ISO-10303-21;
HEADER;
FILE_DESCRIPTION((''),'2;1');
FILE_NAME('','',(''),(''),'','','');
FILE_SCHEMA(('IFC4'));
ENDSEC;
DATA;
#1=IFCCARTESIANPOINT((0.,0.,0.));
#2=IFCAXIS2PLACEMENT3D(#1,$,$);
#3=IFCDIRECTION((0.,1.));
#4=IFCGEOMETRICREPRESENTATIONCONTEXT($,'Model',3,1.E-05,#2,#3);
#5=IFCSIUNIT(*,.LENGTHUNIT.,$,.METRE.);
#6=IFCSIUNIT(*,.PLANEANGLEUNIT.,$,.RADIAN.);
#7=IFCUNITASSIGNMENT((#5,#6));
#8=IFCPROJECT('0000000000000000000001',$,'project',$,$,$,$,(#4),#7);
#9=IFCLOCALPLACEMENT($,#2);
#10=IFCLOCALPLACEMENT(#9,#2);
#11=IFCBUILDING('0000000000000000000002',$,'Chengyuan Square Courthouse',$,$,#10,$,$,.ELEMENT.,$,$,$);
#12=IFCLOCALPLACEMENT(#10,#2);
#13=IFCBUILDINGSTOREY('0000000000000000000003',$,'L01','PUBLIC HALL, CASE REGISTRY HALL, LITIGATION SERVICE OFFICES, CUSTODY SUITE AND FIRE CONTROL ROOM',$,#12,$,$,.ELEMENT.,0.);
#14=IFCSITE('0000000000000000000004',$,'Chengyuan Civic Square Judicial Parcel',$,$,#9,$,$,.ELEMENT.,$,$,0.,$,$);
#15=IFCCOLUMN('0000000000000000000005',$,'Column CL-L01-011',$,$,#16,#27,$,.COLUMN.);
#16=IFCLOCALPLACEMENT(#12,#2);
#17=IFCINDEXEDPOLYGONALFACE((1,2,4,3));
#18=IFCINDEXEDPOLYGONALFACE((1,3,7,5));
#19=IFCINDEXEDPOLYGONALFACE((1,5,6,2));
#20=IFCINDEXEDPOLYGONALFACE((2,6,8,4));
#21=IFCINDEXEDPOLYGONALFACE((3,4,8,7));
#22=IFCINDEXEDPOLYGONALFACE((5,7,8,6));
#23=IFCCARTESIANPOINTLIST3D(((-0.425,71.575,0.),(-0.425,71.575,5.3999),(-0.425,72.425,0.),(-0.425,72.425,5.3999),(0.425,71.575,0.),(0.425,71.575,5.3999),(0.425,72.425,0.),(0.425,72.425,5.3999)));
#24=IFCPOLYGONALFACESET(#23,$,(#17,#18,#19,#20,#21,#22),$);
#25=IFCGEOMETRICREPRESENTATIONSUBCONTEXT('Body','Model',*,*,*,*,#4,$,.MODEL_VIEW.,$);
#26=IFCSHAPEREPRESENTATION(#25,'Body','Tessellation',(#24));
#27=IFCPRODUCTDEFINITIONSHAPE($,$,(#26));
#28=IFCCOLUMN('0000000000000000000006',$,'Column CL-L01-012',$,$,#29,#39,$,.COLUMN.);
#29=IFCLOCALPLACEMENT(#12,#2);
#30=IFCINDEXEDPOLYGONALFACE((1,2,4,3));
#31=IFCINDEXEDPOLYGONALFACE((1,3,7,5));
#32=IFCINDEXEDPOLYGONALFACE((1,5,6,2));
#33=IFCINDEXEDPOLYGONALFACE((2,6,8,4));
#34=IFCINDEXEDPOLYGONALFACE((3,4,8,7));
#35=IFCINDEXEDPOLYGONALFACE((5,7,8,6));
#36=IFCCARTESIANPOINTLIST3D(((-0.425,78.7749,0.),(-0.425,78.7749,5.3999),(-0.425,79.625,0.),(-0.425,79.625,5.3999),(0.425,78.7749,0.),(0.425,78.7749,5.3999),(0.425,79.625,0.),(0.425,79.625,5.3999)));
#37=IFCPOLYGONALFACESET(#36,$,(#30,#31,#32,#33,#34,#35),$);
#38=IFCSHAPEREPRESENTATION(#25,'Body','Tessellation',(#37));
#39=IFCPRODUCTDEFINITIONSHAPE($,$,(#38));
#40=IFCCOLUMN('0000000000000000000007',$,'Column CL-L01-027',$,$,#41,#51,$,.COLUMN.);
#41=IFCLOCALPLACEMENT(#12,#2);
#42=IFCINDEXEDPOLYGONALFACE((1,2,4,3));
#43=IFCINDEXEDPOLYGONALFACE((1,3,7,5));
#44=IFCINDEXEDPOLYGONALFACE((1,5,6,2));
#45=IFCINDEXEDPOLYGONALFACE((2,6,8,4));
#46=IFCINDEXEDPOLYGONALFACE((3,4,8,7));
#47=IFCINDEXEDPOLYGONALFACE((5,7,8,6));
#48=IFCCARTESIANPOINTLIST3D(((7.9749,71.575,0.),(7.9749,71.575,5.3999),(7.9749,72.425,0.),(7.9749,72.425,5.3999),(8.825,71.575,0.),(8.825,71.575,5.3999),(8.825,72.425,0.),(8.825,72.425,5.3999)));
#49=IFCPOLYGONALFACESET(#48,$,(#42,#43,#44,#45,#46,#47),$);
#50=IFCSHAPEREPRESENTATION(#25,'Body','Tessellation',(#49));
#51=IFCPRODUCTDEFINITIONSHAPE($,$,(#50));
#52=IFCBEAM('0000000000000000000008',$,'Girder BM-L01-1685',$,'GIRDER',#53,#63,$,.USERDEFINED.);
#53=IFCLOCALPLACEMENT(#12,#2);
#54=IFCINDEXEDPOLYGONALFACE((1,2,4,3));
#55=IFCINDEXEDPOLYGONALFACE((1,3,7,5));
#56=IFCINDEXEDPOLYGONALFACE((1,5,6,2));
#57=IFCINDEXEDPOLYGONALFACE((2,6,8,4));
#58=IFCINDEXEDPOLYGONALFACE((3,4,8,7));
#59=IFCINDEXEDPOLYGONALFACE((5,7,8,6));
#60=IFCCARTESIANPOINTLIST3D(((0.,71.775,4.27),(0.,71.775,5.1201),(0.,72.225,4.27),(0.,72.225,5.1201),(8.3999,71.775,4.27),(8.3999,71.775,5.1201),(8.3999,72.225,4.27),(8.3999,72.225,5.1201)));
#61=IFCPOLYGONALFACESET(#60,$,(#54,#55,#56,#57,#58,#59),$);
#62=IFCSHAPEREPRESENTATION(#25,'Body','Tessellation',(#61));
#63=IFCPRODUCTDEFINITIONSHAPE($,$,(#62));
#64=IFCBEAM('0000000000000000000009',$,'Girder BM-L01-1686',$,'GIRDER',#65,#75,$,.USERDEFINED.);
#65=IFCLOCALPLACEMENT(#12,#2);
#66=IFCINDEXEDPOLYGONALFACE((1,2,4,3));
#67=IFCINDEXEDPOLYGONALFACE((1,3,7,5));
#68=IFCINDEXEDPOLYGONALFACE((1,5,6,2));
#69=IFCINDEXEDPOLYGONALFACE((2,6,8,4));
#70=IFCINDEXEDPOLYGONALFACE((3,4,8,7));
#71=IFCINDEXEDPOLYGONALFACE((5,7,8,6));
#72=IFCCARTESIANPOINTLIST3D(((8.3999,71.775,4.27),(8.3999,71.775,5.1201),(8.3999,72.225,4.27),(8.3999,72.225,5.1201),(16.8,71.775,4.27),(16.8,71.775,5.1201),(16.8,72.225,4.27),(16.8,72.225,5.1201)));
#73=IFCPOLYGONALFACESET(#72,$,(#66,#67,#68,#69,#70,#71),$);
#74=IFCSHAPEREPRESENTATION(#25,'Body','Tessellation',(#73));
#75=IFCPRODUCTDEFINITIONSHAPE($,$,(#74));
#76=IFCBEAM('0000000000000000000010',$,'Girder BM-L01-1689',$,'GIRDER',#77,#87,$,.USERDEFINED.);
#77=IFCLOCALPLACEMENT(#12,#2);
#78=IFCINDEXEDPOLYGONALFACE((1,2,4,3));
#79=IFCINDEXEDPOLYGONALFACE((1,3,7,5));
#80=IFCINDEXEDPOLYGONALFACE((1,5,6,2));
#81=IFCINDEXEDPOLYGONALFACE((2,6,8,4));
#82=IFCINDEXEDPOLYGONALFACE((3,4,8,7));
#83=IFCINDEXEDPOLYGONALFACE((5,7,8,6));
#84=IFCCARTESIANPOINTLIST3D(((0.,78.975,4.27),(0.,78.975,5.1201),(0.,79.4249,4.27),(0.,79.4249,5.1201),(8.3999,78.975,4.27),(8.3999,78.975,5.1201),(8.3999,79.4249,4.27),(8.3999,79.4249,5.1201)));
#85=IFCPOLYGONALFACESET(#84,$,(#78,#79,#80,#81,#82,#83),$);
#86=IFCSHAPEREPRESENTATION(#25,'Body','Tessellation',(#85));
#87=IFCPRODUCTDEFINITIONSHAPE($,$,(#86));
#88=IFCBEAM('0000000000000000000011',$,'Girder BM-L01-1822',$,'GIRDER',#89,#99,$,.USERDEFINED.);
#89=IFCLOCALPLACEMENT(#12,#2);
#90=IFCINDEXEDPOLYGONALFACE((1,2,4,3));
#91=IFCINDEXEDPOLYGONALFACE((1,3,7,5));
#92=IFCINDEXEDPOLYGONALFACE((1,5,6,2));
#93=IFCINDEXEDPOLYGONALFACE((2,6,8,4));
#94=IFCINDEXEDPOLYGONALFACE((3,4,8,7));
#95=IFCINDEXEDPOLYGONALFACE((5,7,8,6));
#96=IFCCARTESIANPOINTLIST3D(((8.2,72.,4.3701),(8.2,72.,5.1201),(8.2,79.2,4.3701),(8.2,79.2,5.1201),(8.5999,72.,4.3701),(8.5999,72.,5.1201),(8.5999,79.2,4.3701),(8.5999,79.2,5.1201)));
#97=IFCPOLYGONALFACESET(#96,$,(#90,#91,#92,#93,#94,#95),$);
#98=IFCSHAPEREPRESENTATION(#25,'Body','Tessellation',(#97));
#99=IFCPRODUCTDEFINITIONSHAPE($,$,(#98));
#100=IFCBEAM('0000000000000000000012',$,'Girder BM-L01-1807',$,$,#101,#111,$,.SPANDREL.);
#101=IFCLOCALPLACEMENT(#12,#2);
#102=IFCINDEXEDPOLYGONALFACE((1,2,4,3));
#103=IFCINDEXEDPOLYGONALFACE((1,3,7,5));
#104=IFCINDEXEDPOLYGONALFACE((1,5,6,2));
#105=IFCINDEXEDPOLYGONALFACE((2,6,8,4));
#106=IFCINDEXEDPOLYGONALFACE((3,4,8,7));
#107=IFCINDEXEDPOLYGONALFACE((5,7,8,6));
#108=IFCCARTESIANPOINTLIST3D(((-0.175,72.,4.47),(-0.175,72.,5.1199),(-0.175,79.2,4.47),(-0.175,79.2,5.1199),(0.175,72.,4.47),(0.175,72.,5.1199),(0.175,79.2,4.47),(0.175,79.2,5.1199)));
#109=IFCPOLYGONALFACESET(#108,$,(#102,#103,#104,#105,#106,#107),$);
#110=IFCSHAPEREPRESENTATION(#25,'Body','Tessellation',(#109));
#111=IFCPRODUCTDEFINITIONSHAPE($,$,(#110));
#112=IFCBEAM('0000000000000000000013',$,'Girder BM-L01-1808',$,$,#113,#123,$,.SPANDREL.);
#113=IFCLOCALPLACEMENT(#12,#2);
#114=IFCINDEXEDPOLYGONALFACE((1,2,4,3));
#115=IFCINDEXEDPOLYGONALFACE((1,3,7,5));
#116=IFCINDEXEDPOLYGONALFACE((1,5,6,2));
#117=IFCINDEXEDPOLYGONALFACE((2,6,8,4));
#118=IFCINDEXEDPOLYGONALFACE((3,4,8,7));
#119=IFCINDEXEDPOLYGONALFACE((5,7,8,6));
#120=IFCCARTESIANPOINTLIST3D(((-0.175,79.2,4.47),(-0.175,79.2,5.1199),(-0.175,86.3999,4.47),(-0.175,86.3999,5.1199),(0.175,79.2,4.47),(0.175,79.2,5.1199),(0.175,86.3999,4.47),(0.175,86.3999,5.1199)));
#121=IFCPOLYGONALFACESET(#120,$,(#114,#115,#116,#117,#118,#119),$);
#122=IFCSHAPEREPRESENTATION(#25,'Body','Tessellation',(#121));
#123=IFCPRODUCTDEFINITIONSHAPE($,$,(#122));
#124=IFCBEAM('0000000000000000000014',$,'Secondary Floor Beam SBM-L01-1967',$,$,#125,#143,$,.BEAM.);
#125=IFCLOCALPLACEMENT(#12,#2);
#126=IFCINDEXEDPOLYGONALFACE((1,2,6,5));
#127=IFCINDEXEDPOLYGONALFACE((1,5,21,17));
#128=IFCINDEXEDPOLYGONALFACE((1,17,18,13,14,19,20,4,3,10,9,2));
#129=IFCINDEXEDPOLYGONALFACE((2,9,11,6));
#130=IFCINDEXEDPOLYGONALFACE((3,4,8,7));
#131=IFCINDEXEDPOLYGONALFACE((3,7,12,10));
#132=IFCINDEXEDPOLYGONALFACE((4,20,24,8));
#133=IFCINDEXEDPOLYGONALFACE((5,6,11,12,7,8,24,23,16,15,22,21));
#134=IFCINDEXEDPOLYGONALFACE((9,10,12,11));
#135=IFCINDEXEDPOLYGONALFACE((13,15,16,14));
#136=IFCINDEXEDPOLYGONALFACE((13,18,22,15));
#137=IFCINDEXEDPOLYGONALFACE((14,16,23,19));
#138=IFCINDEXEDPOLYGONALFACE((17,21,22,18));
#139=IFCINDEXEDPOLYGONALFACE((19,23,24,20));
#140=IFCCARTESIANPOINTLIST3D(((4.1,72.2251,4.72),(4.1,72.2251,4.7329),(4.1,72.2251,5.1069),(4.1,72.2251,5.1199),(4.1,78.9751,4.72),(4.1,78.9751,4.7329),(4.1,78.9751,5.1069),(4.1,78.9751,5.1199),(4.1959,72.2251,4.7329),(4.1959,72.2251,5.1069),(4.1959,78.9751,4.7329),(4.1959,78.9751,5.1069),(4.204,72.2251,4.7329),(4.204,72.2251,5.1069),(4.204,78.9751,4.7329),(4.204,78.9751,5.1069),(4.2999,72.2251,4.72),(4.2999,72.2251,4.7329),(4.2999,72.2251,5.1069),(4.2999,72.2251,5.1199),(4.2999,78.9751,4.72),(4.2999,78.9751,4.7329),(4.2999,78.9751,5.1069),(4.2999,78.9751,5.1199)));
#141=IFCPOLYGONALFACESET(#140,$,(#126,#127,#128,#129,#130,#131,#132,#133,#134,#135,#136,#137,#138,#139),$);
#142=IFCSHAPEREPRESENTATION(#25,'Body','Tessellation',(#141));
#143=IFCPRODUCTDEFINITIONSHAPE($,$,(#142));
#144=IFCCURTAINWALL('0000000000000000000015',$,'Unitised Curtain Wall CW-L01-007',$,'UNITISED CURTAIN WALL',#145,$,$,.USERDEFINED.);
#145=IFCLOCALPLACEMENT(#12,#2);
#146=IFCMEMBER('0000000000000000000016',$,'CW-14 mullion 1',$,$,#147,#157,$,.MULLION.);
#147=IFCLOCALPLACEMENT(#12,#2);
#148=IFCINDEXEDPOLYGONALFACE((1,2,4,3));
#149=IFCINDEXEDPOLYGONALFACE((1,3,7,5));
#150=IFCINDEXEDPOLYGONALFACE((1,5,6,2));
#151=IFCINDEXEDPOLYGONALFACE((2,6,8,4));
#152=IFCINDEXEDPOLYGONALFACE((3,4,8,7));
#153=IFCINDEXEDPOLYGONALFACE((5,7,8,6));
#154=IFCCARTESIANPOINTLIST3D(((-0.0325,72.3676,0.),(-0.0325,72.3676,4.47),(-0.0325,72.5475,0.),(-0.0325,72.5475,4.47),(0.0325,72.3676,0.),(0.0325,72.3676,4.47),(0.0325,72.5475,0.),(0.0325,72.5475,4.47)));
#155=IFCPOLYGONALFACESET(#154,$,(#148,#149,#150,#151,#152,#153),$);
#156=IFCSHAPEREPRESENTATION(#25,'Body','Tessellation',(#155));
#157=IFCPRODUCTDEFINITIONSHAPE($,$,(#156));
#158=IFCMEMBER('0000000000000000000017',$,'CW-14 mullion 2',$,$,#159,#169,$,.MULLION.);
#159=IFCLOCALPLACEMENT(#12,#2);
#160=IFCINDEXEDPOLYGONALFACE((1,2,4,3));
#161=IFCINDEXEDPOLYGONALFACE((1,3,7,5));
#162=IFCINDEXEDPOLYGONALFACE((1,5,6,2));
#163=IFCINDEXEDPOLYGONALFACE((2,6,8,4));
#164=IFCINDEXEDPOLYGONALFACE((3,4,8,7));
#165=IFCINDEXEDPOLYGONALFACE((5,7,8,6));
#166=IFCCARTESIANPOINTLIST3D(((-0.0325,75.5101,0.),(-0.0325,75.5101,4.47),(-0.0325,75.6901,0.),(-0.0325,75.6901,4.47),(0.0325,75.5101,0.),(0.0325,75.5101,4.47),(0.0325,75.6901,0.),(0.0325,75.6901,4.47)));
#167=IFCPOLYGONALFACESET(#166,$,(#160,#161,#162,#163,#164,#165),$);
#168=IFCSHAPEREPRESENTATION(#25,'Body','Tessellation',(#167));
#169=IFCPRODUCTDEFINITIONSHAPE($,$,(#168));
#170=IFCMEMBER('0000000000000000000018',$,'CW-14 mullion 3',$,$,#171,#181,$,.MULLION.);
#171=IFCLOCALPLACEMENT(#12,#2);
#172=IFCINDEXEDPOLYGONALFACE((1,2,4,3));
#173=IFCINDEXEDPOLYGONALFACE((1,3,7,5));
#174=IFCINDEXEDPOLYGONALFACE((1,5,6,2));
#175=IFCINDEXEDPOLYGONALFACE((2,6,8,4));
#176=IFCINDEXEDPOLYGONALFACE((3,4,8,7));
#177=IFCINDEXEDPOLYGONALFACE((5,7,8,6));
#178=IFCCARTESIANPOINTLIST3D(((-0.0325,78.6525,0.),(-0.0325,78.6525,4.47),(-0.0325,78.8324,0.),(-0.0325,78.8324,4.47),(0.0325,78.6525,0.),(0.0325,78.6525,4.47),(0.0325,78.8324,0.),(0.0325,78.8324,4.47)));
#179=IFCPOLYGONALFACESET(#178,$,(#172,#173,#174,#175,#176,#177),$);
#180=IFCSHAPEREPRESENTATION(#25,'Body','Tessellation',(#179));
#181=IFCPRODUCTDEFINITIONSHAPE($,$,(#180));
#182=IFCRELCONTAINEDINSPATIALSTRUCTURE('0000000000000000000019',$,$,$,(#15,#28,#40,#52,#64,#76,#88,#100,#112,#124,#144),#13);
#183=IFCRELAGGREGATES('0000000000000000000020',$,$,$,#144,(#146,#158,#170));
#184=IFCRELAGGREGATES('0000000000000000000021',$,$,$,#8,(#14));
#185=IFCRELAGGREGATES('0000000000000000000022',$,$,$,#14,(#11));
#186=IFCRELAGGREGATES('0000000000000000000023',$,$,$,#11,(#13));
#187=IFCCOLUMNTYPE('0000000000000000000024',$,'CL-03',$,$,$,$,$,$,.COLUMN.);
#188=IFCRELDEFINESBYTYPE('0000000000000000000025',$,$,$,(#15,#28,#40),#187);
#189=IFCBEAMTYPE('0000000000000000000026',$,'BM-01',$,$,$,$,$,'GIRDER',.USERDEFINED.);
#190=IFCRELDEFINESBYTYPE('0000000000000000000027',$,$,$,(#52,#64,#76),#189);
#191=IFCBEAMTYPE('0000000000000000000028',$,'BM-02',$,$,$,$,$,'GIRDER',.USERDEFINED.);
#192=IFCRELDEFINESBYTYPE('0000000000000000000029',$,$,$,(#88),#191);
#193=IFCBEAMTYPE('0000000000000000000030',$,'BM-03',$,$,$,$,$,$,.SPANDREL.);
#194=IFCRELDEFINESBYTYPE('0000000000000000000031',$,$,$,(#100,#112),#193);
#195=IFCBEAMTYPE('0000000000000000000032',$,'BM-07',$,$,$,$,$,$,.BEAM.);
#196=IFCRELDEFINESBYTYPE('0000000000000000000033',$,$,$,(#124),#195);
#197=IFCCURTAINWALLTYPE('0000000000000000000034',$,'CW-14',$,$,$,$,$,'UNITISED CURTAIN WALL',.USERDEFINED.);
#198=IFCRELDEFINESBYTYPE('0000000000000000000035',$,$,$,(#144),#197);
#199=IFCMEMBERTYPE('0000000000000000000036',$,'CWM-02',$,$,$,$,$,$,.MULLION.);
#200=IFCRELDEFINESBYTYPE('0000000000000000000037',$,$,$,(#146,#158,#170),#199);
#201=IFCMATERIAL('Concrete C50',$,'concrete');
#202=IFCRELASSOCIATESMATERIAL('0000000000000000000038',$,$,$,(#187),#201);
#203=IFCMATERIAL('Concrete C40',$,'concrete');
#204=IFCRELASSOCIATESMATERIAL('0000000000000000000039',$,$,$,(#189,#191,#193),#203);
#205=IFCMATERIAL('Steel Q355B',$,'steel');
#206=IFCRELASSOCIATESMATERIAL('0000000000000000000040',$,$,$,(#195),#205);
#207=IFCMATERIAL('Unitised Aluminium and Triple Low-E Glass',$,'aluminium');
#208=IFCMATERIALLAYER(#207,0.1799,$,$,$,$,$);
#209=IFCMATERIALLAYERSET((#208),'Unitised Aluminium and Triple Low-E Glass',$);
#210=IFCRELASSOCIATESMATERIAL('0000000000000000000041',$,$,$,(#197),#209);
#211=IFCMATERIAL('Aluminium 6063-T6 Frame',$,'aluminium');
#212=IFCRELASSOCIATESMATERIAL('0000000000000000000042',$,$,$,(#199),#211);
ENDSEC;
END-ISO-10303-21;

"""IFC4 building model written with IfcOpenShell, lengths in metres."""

from ifc_helpers import new_model, si_unit, direction, frame, origin, origin_2d, place, context, subcontext, project, spatial, rectangle, i_section, extrude, material, layer, layer_set, material_profile, profile_set, type_object, element, aggregate, save


model = new_model("IFC4")

# Units and contexts
model_context = context("Model", 3, precision=1e-05, world=origin(), true_north=direction((0.0, 1.0)))
body_context = subcontext(model_context, "Body", "Model", "MODEL_VIEW")
ifc_project = project(units=[si_unit("LENGTHUNIT", "METRE"), si_unit("PLANEANGLEUNIT", "RADIAN")], contexts=[model_context])

# Site, building, storey
site_placement = place(None, origin())
site = spatial("IfcSite", under=ifc_project, at=site_placement, Name="Chengyuan Civic Square Judicial Parcel", CompositionType="ELEMENT", RefElevation=0.0)
building_placement = place(site_placement, origin())
building = spatial("IfcBuilding", under=site, at=building_placement, Name="Chengyuan Square Courthouse", CompositionType="ELEMENT")
storey_placement = place(building_placement, origin())
storey = spatial("IfcBuildingStorey", under=building, at=storey_placement, Name="L01", Description="PUBLIC HALL, CASE REGISTRY HALL, LITIGATION SERVICE OFFICES, CUSTODY SUITE AND FIRE CONTROL ROOM", CompositionType="ELEMENT", Elevation=0.0)

# Columns
ifc_material_1 = material(Name="Concrete C50", Category="concrete")
ifc_material_profile_1 = material_profile(ifc_material_1, rectangle(XDim=0.8501, YDim=0.8501, at=origin_2d()), Name="RC-COL-850x850")
ifc_profile_set_1 = profile_set([ifc_material_profile_1], Name="Concrete C50")
column_type = type_object("IfcColumnType", Name="CL-03", PredefinedType="COLUMN", material=ifc_profile_set_1)
for number, where, z_axis, x_axis, name in (
    (1, (0.0, 72.0, 0.0), (0.0, 0.0, 1.0), (1.0, 0.0, 0.0), "Column CL-L01-011"),
    (2, (0.0, 79.2, 0.0), (0.0, 0.0, 1.0), (1.0, 0.0, 0.0), "Column CL-L01-012"),
    (3, (8.3999, 72.0, 0.0), (0.0, 0.0, 1.0), (1.0, 0.0, 0.0), "Column CL-L01-027"),
):
    element("IfcColumn", number, at=place(storey_placement, frame(where, z_axis=z_axis, x_axis=x_axis)), inside=storey, type_object=column_type, Name=name, PredefinedType="COLUMN", context=body_context, shape_type="SweptSolid", body=[
        extrude(rectangle(XDim=0.8501, YDim=0.8501, at=origin_2d()), origin(), (0.0, 0.0, 1.0), 5.3999),
    ])

# Beams
ifc_material_2 = material(Name="Concrete C40", Category="concrete")
ifc_material_profile_2 = material_profile(ifc_material_2, rectangle(XDim=0.45, YDim=0.8501, at=origin_2d()), Name="RC-BM-450x850")
ifc_profile_set_2 = profile_set([ifc_material_profile_2], Name="Concrete C40")
beam_type_1 = type_object("IfcBeamType", Name="BM-01", ElementType="GIRDER", PredefinedType="USERDEFINED", material=ifc_profile_set_2)
beam_1_placement = place(storey_placement, frame((0.0, 72.0, 4.6951), z_axis=(1.0, 0.0, 0.0), x_axis=(0.0, 1.0, 0.0)))
element("IfcBeam", 4, at=beam_1_placement, inside=storey, type_object=beam_type_1, Name="Girder BM-L01-1685", ObjectType="GIRDER", PredefinedType="USERDEFINED", context=body_context, shape_type="SweptSolid", body=[
    extrude(rectangle(XDim=0.45, YDim=0.8501, at=origin_2d()), origin(), (0.0, 0.0, 1.0), 8.3999),
])
beam_2_placement = place(storey_placement, frame((8.3999, 72.0, 4.6951), z_axis=(1.0, 0.0, 0.0), x_axis=(0.0, 1.0, 0.0)))
element("IfcBeam", 5, at=beam_2_placement, inside=storey, type_object=beam_type_1, Name="Girder BM-L01-1686", ObjectType="GIRDER", PredefinedType="USERDEFINED", context=body_context, shape_type="SweptSolid", body=[
    extrude(rectangle(XDim=0.45, YDim=0.8501, at=origin_2d()), origin(), (0.0, 0.0, 1.0), 8.4001),
])
beam_3_placement = place(storey_placement, frame((0.0, 79.2, 4.6951), z_axis=(1.0, 0.0, 0.0), x_axis=(0.0, 1.0, 0.0)))
element("IfcBeam", 6, at=beam_3_placement, inside=storey, type_object=beam_type_1, Name="Girder BM-L01-1689", ObjectType="GIRDER", PredefinedType="USERDEFINED", context=body_context, shape_type="SweptSolid", body=[
    extrude(rectangle(XDim=0.45, YDim=0.8501, at=origin_2d()), origin(), (0.0, 0.0, 1.0), 8.3999),
])
ifc_material_profile_3 = material_profile(ifc_material_2, rectangle(XDim=0.3999, YDim=0.75, at=origin_2d()), Name="RC-BM-400x750")
ifc_profile_set_3 = profile_set([ifc_material_profile_3], Name="Concrete C40")
beam_type_2 = type_object("IfcBeamType", Name="BM-02", ElementType="GIRDER", PredefinedType="USERDEFINED", material=ifc_profile_set_3)
beam_4_placement = place(storey_placement, frame((8.3999, 72.0, 4.7451), z_axis=(0.0, 1.0, 0.0), x_axis=(-1.0, 0.0, 0.0)))
element("IfcBeam", 7, at=beam_4_placement, inside=storey, type_object=beam_type_2, Name="Girder BM-L01-1822", ObjectType="GIRDER", PredefinedType="USERDEFINED", context=body_context, shape_type="SweptSolid", body=[
    extrude(rectangle(XDim=0.3999, YDim=0.75, at=origin_2d()), origin(), (0.0, 0.0, 1.0), 7.2),
])
ifc_material_profile_4 = material_profile(ifc_material_2, rectangle(XDim=0.3501, YDim=0.6499, at=origin_2d()), Name="RC-BM-350x650")
ifc_profile_set_4 = profile_set([ifc_material_profile_4], Name="Concrete C40")
beam_type_3 = type_object("IfcBeamType", Name="BM-03", PredefinedType="SPANDREL", material=ifc_profile_set_4)
for number, where, z_axis, x_axis, name in (
    (8, (0.0, 72.0, 4.7949), (0.0, 1.0, 0.0), (-1.0, 0.0, 0.0), "Girder BM-L01-1807"),
    (9, (0.0, 79.2, 4.7949), (0.0, 1.0, 0.0), (-1.0, 0.0, 0.0), "Girder BM-L01-1808"),
):
    element("IfcBeam", number, at=place(storey_placement, frame(where, z_axis=z_axis, x_axis=x_axis)), inside=storey, type_object=beam_type_3, Name=name, PredefinedType="SPANDREL", context=body_context, shape_type="SweptSolid", body=[
        extrude(rectangle(XDim=0.3501, YDim=0.6499, at=origin_2d()), origin(), (0.0, 0.0, 1.0), 7.2),
    ])
ifc_material_3 = material(Name="Steel Q355B", Category="steel")
ifc_material_profile_5 = material_profile(ifc_material_3, i_section(OverallWidth=0.2, OverallDepth=0.3999, WebThickness=0.0081, FlangeThickness=0.0129, at=origin_2d()), Name="HN 400x200x8x13")
ifc_profile_set_5 = profile_set([ifc_material_profile_5], Name="Steel Q355B")
beam_type_4 = type_object("IfcBeamType", Name="BM-07", PredefinedType="BEAM", material=ifc_profile_set_5)
beam_5_placement = place(storey_placement, frame((4.2, 72.2251, 4.9199), z_axis=(0.0, 1.0, 0.0), x_axis=(-1.0, 0.0, 0.0)))
element("IfcBeam", 10, at=beam_5_placement, inside=storey, type_object=beam_type_4, Name="Secondary Floor Beam SBM-L01-1967", PredefinedType="BEAM", context=body_context, shape_type="SweptSolid", body=[
    extrude(i_section(OverallWidth=0.2, OverallDepth=0.3999, WebThickness=0.0081, FlangeThickness=0.0129, at=origin_2d()), origin(), (0.0, 0.0, 1.0), 6.75),
])

# Curtain wall, members
ifc_material_4 = material(Name="Unitised Aluminium and Triple Low-E Glass", Category="aluminium")
ifc_layer_1 = layer(ifc_material_4, 0.1799)
ifc_layer_set_1 = layer_set([ifc_layer_1], Name="Unitised Aluminium and Triple Low-E Glass")
curtain_wall_type = type_object("IfcCurtainWallType", Name="CW-14", ElementType="UNITISED CURTAIN WALL", PredefinedType="USERDEFINED", material=ifc_layer_set_1)
curtain_wall_placement = place(storey_placement, origin())
curtain_wall = element("IfcCurtainWall", 11, at=curtain_wall_placement, inside=storey, type_object=curtain_wall_type, Name="Unitised Curtain Wall CW-L01-007", ObjectType="UNITISED CURTAIN WALL", PredefinedType="USERDEFINED")
ifc_material_5 = material(Name="Aluminium 6063-T6 Frame", Category="aluminium")
ifc_material_profile_6 = material_profile(ifc_material_5, rectangle(XDim=0.0649, YDim=0.1799, at=origin_2d()), Name="CW-MUL-65x180")
ifc_profile_set_6 = profile_set([ifc_material_profile_6], Name="Aluminium 6063-T6 Frame")
member_type_1 = type_object("IfcMemberType", Name="CWM-02", PredefinedType="MULLION", material=ifc_profile_set_6)
member_1_placement = place(storey_placement, frame((0.0, 72.4575, 0.0), z_axis=(0.0, 0.0, 1.0), x_axis=(-1.0, 0.0, 0.0)))
member_1 = element("IfcMember", 12, at=member_1_placement, type_object=member_type_1, Name="CW-14 mullion 1", PredefinedType="MULLION", context=body_context, shape_type="SweptSolid", body=[
    extrude(rectangle(XDim=0.0649, YDim=0.1799, at=origin_2d()), origin(), (0.0, 0.0, 1.0), 4.47),
])
member_2_placement = place(storey_placement, frame((0.0, 75.6001, 0.0), z_axis=(0.0, 0.0, 1.0), x_axis=(-1.0, 0.0, 0.0)))
member_2 = element("IfcMember", 13, at=member_2_placement, type_object=member_type_1, Name="CW-14 mullion 2", PredefinedType="MULLION", context=body_context, shape_type="SweptSolid", body=[
    extrude(rectangle(XDim=0.0649, YDim=0.1799, at=origin_2d()), origin(), (0.0, 0.0, 1.0), 4.47),
])
member_3_placement = place(storey_placement, frame((0.0, 78.7424, 0.0), z_axis=(0.0, 0.0, 1.0), x_axis=(-1.0, 0.0, 0.0)))
member_3 = element("IfcMember", 14, at=member_3_placement, type_object=member_type_1, Name="CW-14 mullion 3", PredefinedType="MULLION", context=body_context, shape_type="SweptSolid", body=[
    extrude(rectangle(XDim=0.0649, YDim=0.1799, at=origin_2d()), origin(), (0.0, 0.0, 1.0), 4.47),
])
aggregate(curtain_wall, [member_1, member_2, member_3])

save(model, "model.ifc")
